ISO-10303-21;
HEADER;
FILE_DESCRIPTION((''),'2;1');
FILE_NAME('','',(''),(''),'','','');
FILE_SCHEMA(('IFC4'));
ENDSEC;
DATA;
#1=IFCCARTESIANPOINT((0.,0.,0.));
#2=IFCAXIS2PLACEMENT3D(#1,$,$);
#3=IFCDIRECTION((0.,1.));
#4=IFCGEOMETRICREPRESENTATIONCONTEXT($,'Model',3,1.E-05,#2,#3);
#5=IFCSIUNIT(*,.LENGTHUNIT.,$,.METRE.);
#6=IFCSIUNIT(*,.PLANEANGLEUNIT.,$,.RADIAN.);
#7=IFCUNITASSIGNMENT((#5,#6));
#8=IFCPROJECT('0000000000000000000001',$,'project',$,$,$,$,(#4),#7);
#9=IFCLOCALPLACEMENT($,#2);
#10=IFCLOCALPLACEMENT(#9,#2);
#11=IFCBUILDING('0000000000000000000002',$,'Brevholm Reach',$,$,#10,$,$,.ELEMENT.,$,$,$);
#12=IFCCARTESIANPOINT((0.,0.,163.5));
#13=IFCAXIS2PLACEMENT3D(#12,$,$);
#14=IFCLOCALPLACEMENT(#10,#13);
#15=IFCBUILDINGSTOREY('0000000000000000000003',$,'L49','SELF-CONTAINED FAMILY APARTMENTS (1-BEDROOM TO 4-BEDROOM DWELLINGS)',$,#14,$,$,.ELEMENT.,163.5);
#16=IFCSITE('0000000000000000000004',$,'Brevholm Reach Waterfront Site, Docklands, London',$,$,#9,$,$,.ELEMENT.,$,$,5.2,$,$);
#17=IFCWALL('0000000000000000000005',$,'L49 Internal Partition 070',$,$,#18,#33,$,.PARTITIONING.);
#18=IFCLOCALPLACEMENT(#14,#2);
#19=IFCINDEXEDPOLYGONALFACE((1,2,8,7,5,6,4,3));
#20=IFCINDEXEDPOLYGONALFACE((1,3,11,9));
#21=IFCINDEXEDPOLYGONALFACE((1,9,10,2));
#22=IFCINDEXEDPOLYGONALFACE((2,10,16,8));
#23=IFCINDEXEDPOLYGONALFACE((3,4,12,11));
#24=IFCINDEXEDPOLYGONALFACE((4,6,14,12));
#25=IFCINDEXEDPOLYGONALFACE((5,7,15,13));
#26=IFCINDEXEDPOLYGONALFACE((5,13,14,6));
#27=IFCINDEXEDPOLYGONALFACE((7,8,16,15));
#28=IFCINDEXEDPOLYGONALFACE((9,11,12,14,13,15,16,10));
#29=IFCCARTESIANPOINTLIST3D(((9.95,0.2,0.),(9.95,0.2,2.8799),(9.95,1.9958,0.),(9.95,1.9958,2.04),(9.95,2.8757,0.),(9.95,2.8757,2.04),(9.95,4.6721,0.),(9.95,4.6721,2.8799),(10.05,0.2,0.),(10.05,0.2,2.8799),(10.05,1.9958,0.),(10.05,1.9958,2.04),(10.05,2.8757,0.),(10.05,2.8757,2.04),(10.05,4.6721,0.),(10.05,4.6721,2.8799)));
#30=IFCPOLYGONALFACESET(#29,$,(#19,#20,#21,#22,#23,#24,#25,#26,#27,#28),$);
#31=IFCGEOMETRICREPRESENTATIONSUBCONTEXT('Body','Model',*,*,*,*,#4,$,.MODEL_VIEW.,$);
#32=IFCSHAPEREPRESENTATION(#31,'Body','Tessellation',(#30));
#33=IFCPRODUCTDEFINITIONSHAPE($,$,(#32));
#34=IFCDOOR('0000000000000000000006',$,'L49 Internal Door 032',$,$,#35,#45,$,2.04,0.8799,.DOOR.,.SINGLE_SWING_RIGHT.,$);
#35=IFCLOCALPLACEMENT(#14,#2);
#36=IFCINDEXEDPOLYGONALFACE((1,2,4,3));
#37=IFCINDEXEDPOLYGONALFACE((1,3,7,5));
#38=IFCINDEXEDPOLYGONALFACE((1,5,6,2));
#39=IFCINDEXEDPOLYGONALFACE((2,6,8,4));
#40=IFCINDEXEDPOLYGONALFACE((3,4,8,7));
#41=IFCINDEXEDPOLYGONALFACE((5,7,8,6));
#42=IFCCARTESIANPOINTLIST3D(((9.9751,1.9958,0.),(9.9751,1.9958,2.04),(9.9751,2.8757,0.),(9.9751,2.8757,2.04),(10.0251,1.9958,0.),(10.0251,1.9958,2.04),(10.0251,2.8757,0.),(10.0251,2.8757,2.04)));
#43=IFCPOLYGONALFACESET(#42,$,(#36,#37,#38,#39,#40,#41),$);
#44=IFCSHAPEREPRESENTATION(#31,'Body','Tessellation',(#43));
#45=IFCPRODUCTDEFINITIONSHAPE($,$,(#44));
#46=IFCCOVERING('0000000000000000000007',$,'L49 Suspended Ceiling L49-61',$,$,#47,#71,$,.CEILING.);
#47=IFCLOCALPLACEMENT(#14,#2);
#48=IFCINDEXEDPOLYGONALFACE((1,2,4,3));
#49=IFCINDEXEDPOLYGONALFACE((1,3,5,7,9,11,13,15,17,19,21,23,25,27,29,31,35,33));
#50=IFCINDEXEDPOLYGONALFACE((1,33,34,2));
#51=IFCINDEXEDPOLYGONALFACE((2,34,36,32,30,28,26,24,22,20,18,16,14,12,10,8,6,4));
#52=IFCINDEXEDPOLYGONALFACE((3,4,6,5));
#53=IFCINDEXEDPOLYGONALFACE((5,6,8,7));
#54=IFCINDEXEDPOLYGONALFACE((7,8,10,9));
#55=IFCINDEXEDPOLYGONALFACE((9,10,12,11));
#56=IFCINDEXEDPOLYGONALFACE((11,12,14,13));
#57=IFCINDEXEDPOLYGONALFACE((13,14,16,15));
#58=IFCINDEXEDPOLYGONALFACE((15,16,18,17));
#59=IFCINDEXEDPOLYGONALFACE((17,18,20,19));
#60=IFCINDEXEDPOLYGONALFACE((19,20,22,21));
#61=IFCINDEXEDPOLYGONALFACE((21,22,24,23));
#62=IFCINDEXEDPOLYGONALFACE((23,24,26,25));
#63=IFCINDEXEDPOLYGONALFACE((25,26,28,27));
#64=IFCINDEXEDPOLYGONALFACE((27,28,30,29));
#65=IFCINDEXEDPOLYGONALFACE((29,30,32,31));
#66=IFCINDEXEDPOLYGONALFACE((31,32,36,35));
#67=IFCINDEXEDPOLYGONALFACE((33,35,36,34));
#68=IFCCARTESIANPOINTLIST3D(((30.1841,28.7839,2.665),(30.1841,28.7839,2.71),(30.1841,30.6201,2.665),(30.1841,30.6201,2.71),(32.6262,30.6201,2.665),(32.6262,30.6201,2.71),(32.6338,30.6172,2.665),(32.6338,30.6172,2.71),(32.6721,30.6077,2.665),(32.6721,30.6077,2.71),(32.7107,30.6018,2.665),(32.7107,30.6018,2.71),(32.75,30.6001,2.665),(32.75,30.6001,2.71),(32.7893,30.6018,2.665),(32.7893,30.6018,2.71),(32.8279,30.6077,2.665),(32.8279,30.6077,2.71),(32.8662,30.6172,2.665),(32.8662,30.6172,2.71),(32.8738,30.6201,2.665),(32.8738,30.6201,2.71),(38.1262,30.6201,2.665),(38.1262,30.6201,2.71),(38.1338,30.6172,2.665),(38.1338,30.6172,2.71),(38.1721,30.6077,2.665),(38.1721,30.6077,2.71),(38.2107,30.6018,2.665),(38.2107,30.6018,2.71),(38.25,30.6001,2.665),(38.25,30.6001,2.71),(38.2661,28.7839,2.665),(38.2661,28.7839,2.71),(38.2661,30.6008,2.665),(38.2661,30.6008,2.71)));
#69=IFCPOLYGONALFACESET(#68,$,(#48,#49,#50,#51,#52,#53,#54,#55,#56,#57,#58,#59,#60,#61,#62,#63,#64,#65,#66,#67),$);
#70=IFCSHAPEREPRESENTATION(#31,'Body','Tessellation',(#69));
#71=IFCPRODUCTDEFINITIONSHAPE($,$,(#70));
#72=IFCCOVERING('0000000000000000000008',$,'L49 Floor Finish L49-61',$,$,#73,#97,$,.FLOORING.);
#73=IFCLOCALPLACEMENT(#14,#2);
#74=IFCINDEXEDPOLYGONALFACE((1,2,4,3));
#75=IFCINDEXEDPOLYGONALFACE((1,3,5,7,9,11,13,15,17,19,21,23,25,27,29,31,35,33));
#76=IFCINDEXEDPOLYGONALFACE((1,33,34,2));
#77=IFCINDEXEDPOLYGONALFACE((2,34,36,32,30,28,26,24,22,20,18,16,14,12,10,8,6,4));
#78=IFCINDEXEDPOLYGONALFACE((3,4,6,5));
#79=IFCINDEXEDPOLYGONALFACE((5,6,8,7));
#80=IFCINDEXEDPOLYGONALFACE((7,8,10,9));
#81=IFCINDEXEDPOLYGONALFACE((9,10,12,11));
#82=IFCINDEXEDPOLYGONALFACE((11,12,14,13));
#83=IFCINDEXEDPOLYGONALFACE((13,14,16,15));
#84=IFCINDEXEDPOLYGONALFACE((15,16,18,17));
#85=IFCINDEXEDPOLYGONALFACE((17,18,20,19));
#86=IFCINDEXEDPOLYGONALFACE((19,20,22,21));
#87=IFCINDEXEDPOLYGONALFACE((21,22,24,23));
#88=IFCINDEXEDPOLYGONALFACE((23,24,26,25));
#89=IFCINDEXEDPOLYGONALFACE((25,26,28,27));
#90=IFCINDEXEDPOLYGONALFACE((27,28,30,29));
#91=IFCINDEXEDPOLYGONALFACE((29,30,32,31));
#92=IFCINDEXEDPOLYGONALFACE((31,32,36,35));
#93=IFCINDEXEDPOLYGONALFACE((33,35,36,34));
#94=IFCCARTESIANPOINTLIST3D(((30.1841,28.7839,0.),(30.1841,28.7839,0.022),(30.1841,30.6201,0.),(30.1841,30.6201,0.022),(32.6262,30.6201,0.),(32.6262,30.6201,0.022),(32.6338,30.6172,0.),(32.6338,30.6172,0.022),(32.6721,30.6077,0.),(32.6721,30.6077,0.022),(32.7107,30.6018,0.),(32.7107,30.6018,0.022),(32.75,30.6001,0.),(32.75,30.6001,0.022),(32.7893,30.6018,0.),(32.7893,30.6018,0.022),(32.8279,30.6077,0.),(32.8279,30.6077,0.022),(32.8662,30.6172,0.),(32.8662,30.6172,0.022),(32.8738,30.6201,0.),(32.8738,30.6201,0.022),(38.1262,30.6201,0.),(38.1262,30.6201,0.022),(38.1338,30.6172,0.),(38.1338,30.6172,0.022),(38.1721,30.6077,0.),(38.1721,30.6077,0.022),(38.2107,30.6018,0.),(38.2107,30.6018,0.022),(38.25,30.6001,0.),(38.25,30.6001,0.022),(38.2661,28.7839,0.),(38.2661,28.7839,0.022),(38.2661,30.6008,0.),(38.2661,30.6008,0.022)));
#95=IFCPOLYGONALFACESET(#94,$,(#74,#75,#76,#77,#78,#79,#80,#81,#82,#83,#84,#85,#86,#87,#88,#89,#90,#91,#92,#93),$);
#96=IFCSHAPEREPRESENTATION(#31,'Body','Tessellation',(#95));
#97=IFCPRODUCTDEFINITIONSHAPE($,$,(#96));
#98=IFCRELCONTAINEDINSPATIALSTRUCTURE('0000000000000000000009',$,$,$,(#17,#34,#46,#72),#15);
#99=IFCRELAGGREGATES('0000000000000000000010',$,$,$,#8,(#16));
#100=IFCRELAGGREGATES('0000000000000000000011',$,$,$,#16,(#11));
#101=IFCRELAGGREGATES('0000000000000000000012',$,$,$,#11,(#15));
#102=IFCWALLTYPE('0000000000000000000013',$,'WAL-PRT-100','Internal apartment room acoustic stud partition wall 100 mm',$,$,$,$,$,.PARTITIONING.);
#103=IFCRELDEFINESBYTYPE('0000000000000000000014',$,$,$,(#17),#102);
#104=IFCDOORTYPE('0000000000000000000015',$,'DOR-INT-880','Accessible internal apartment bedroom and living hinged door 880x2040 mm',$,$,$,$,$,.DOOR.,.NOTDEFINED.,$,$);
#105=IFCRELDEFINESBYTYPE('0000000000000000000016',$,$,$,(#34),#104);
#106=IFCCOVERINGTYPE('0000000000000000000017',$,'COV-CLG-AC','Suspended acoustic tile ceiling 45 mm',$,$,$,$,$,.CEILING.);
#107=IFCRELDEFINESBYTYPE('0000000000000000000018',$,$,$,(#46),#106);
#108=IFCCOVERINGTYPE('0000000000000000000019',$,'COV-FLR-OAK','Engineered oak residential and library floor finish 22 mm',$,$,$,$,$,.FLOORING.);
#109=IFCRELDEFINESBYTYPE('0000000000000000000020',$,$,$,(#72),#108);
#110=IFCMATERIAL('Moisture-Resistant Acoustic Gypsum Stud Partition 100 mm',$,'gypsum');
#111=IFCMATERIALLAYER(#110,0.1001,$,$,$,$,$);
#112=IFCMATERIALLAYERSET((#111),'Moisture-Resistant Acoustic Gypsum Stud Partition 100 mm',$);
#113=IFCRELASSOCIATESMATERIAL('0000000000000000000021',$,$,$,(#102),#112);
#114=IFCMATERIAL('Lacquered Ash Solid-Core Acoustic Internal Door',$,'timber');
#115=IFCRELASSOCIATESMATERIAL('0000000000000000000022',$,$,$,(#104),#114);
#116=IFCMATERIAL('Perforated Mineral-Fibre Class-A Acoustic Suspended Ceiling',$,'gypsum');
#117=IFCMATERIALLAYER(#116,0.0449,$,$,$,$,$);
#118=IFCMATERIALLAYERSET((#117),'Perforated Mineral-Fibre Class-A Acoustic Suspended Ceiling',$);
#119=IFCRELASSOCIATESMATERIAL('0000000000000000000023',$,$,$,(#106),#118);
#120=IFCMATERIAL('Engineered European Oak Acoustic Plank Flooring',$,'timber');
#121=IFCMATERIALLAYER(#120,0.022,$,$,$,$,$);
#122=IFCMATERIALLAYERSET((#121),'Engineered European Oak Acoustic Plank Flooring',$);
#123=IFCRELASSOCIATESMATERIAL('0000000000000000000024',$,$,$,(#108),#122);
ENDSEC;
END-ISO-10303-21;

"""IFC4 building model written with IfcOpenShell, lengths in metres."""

from ifc_helpers import new_model, si_unit, direction, frame, frame_2d, origin, place, context, subcontext, project, spatial, polyline, rectangle, outline, extrude, material, layer, layer_set, type_object, element, fill, save


model = new_model("IFC4")

# Units and contexts
model_context = context("Model", 3, precision=1e-05, world=origin(), true_north=direction((0.0, 1.0)))
body_context = subcontext(model_context, "Body", "Model", "MODEL_VIEW")
ifc_project = project(units=[si_unit("LENGTHUNIT", "METRE"), si_unit("PLANEANGLEUNIT", "RADIAN")], contexts=[model_context])

# Site, building, storey
site_placement = place(None, origin())
site = spatial("IfcSite", under=ifc_project, at=site_placement, Name="Brevholm Reach Waterfront Site, Docklands, London", CompositionType="ELEMENT", RefElevation=5.2)
building_placement = place(site_placement, origin())
building = spatial("IfcBuilding", under=site, at=building_placement, Name="Brevholm Reach", CompositionType="ELEMENT")
storey_placement = place(building_placement, frame((0.0, 0.0, 163.5)))
storey = spatial("IfcBuildingStorey", under=building, at=storey_placement, Name="L49", Description="SELF-CONTAINED FAMILY APARTMENTS (1-BEDROOM TO 4-BEDROOM DWELLINGS)", CompositionType="ELEMENT", Elevation=163.5)

# Shared definitions
ifc_material_1 = material(Name="Moisture-Resistant Acoustic Gypsum Stud Partition 100 mm", Category="gypsum")
ifc_layer_1 = layer(ifc_material_1, 0.1001)
ifc_layer_set_1 = layer_set([ifc_layer_1], Name="Moisture-Resistant Acoustic Gypsum Stud Partition 100 mm")
wall_type_1 = type_object("IfcWallType", Name="WAL-PRT-100", Description="Internal apartment room acoustic stud partition wall 100 mm", PredefinedType="PARTITIONING", material=ifc_layer_set_1)

# Wall, opening, door
wall_1_placement = place(storey_placement, frame((10.0, 0.2, 0.0), z_axis=(0.0, 0.0, 1.0), x_axis=(0.0, 1.0, 0.0)))
wall_1 = element("IfcWall", 1, at=wall_1_placement, inside=storey, type_object=wall_type_1, Name="L49 Internal Partition 070", PredefinedType="PARTITIONING", context=body_context, shape_type="SweptSolid", body=[
    extrude(rectangle(XDim=4.4722, YDim=0.1001, at=frame_2d((2.2361, 0.0))), origin(), (0.0, 0.0, 1.0), 2.8799),
])
opening_1_placement = place(wall_1_placement, frame((1.7959, 0.0, 0.0)))
opening_1 = element("IfcOpeningElement", 2, at=opening_1_placement, cuts=wall_1, PredefinedType="OPENING", context=body_context, shape_type="SweptSolid", body=[
    extrude(rectangle(XDim=0.8799, YDim=2.04, at=frame_2d((0.4399, 1.02))), frame((0.0, 0.0601, 0.0), z_axis=(0.0, -1.0, 0.0), x_axis=(1.0, 0.0, 0.0)), (0.0, 0.0, 1.0), 0.1201),
])
ifc_material_2 = material(Name="Lacquered Ash Solid-Core Acoustic Internal Door", Category="timber")
door_type_1 = type_object("IfcDoorType", Name="DOR-INT-880", Description="Accessible internal apartment bedroom and living hinged door 880x2040 mm", OperationType="NOTDEFINED", PredefinedType="DOOR", material=ifc_material_2)
door_1_placement = place(opening_1_placement, origin())
door_1 = element("IfcDoor", 3, at=door_1_placement, inside=storey, type_object=door_type_1, Name="L49 Internal Door 032", OperationType="SINGLE_SWING_RIGHT", OverallHeight=2.04, OverallWidth=0.8799, PredefinedType="DOOR", context=body_context, shape_type="SweptSolid", body=[
    extrude(rectangle(XDim=0.8799, YDim=2.04, at=frame_2d((0.4399, 1.02))), frame((0.0, 0.0249, 0.0), z_axis=(0.0, -1.0, 0.0), x_axis=(1.0, 0.0, 0.0)), (0.0, 0.0, 1.0), 0.05),
])
fill(opening_1, door_1)

# Coverings
ifc_material_3 = material(Name="Perforated Mineral-Fibre Class-A Acoustic Suspended Ceiling", Category="gypsum")
ifc_layer_2 = layer(ifc_material_3, 0.0449)
ifc_layer_set_2 = layer_set([ifc_layer_2], Name="Perforated Mineral-Fibre Class-A Acoustic Suspended Ceiling")
covering_type_1 = type_object("IfcCoveringType", Name="COV-CLG-AC", Description="Suspended acoustic tile ceiling 45 mm", PredefinedType="CEILING", material=ifc_layer_set_2)
covering_1_placement = place(storey_placement, frame((0.0, 0.0, 2.665)))
element("IfcCovering", 4, at=covering_1_placement, inside=storey, type_object=covering_type_1, Name="L49 Suspended Ceiling L49-61", PredefinedType="CEILING", context=body_context, shape_type="SweptSolid", body=[
    extrude(outline(polyline([(32.6262, 30.6201), (32.6338, 30.6172), (32.6721, 30.6077), (32.7107, 30.6018), (32.75, 30.6001), (32.7893, 30.6018), (32.8279, 30.6077), (32.8662, 30.6172), (32.8738, 30.6201), (38.1262, 30.6201), (38.1338, 30.6172), (38.1721, 30.6077), (38.2107, 30.6018), (38.25, 30.6001), (38.2661, 30.6008), (38.2661, 28.7839), (30.1841, 28.7839), (30.1841, 30.6201), (32.6262, 30.6201)])), origin(), (0.0, 0.0, 1.0), 0.0449),
])
ifc_material_4 = material(Name="Engineered European Oak Acoustic Plank Flooring", Category="timber")
ifc_layer_3 = layer(ifc_material_4, 0.022)
ifc_layer_set_3 = layer_set([ifc_layer_3], Name="Engineered European Oak Acoustic Plank Flooring")
covering_type_2 = type_object("IfcCoveringType", Name="COV-FLR-OAK", Description="Engineered oak residential and library floor finish 22 mm", PredefinedType="FLOORING", material=ifc_layer_set_3)
covering_2_placement = place(storey_placement, origin())
element("IfcCovering", 5, at=covering_2_placement, inside=storey, type_object=covering_type_2, Name="L49 Floor Finish L49-61", PredefinedType="FLOORING", context=body_context, shape_type="SweptSolid", body=[
    extrude(outline(polyline([(32.6262, 30.6201), (32.6338, 30.6172), (32.6721, 30.6077), (32.7107, 30.6018), (32.75, 30.6001), (32.7893, 30.6018), (32.8279, 30.6077), (32.8662, 30.6172), (32.8738, 30.6201), (38.1262, 30.6201), (38.1338, 30.6172), (38.1721, 30.6077), (38.2107, 30.6018), (38.25, 30.6001), (38.2661, 30.6008), (38.2661, 28.7839), (30.1841, 28.7839), (30.1841, 30.6201), (32.6262, 30.6201)])), origin(), (0.0, 0.0, 1.0), 0.022),
])

save(model, "model.ifc")
